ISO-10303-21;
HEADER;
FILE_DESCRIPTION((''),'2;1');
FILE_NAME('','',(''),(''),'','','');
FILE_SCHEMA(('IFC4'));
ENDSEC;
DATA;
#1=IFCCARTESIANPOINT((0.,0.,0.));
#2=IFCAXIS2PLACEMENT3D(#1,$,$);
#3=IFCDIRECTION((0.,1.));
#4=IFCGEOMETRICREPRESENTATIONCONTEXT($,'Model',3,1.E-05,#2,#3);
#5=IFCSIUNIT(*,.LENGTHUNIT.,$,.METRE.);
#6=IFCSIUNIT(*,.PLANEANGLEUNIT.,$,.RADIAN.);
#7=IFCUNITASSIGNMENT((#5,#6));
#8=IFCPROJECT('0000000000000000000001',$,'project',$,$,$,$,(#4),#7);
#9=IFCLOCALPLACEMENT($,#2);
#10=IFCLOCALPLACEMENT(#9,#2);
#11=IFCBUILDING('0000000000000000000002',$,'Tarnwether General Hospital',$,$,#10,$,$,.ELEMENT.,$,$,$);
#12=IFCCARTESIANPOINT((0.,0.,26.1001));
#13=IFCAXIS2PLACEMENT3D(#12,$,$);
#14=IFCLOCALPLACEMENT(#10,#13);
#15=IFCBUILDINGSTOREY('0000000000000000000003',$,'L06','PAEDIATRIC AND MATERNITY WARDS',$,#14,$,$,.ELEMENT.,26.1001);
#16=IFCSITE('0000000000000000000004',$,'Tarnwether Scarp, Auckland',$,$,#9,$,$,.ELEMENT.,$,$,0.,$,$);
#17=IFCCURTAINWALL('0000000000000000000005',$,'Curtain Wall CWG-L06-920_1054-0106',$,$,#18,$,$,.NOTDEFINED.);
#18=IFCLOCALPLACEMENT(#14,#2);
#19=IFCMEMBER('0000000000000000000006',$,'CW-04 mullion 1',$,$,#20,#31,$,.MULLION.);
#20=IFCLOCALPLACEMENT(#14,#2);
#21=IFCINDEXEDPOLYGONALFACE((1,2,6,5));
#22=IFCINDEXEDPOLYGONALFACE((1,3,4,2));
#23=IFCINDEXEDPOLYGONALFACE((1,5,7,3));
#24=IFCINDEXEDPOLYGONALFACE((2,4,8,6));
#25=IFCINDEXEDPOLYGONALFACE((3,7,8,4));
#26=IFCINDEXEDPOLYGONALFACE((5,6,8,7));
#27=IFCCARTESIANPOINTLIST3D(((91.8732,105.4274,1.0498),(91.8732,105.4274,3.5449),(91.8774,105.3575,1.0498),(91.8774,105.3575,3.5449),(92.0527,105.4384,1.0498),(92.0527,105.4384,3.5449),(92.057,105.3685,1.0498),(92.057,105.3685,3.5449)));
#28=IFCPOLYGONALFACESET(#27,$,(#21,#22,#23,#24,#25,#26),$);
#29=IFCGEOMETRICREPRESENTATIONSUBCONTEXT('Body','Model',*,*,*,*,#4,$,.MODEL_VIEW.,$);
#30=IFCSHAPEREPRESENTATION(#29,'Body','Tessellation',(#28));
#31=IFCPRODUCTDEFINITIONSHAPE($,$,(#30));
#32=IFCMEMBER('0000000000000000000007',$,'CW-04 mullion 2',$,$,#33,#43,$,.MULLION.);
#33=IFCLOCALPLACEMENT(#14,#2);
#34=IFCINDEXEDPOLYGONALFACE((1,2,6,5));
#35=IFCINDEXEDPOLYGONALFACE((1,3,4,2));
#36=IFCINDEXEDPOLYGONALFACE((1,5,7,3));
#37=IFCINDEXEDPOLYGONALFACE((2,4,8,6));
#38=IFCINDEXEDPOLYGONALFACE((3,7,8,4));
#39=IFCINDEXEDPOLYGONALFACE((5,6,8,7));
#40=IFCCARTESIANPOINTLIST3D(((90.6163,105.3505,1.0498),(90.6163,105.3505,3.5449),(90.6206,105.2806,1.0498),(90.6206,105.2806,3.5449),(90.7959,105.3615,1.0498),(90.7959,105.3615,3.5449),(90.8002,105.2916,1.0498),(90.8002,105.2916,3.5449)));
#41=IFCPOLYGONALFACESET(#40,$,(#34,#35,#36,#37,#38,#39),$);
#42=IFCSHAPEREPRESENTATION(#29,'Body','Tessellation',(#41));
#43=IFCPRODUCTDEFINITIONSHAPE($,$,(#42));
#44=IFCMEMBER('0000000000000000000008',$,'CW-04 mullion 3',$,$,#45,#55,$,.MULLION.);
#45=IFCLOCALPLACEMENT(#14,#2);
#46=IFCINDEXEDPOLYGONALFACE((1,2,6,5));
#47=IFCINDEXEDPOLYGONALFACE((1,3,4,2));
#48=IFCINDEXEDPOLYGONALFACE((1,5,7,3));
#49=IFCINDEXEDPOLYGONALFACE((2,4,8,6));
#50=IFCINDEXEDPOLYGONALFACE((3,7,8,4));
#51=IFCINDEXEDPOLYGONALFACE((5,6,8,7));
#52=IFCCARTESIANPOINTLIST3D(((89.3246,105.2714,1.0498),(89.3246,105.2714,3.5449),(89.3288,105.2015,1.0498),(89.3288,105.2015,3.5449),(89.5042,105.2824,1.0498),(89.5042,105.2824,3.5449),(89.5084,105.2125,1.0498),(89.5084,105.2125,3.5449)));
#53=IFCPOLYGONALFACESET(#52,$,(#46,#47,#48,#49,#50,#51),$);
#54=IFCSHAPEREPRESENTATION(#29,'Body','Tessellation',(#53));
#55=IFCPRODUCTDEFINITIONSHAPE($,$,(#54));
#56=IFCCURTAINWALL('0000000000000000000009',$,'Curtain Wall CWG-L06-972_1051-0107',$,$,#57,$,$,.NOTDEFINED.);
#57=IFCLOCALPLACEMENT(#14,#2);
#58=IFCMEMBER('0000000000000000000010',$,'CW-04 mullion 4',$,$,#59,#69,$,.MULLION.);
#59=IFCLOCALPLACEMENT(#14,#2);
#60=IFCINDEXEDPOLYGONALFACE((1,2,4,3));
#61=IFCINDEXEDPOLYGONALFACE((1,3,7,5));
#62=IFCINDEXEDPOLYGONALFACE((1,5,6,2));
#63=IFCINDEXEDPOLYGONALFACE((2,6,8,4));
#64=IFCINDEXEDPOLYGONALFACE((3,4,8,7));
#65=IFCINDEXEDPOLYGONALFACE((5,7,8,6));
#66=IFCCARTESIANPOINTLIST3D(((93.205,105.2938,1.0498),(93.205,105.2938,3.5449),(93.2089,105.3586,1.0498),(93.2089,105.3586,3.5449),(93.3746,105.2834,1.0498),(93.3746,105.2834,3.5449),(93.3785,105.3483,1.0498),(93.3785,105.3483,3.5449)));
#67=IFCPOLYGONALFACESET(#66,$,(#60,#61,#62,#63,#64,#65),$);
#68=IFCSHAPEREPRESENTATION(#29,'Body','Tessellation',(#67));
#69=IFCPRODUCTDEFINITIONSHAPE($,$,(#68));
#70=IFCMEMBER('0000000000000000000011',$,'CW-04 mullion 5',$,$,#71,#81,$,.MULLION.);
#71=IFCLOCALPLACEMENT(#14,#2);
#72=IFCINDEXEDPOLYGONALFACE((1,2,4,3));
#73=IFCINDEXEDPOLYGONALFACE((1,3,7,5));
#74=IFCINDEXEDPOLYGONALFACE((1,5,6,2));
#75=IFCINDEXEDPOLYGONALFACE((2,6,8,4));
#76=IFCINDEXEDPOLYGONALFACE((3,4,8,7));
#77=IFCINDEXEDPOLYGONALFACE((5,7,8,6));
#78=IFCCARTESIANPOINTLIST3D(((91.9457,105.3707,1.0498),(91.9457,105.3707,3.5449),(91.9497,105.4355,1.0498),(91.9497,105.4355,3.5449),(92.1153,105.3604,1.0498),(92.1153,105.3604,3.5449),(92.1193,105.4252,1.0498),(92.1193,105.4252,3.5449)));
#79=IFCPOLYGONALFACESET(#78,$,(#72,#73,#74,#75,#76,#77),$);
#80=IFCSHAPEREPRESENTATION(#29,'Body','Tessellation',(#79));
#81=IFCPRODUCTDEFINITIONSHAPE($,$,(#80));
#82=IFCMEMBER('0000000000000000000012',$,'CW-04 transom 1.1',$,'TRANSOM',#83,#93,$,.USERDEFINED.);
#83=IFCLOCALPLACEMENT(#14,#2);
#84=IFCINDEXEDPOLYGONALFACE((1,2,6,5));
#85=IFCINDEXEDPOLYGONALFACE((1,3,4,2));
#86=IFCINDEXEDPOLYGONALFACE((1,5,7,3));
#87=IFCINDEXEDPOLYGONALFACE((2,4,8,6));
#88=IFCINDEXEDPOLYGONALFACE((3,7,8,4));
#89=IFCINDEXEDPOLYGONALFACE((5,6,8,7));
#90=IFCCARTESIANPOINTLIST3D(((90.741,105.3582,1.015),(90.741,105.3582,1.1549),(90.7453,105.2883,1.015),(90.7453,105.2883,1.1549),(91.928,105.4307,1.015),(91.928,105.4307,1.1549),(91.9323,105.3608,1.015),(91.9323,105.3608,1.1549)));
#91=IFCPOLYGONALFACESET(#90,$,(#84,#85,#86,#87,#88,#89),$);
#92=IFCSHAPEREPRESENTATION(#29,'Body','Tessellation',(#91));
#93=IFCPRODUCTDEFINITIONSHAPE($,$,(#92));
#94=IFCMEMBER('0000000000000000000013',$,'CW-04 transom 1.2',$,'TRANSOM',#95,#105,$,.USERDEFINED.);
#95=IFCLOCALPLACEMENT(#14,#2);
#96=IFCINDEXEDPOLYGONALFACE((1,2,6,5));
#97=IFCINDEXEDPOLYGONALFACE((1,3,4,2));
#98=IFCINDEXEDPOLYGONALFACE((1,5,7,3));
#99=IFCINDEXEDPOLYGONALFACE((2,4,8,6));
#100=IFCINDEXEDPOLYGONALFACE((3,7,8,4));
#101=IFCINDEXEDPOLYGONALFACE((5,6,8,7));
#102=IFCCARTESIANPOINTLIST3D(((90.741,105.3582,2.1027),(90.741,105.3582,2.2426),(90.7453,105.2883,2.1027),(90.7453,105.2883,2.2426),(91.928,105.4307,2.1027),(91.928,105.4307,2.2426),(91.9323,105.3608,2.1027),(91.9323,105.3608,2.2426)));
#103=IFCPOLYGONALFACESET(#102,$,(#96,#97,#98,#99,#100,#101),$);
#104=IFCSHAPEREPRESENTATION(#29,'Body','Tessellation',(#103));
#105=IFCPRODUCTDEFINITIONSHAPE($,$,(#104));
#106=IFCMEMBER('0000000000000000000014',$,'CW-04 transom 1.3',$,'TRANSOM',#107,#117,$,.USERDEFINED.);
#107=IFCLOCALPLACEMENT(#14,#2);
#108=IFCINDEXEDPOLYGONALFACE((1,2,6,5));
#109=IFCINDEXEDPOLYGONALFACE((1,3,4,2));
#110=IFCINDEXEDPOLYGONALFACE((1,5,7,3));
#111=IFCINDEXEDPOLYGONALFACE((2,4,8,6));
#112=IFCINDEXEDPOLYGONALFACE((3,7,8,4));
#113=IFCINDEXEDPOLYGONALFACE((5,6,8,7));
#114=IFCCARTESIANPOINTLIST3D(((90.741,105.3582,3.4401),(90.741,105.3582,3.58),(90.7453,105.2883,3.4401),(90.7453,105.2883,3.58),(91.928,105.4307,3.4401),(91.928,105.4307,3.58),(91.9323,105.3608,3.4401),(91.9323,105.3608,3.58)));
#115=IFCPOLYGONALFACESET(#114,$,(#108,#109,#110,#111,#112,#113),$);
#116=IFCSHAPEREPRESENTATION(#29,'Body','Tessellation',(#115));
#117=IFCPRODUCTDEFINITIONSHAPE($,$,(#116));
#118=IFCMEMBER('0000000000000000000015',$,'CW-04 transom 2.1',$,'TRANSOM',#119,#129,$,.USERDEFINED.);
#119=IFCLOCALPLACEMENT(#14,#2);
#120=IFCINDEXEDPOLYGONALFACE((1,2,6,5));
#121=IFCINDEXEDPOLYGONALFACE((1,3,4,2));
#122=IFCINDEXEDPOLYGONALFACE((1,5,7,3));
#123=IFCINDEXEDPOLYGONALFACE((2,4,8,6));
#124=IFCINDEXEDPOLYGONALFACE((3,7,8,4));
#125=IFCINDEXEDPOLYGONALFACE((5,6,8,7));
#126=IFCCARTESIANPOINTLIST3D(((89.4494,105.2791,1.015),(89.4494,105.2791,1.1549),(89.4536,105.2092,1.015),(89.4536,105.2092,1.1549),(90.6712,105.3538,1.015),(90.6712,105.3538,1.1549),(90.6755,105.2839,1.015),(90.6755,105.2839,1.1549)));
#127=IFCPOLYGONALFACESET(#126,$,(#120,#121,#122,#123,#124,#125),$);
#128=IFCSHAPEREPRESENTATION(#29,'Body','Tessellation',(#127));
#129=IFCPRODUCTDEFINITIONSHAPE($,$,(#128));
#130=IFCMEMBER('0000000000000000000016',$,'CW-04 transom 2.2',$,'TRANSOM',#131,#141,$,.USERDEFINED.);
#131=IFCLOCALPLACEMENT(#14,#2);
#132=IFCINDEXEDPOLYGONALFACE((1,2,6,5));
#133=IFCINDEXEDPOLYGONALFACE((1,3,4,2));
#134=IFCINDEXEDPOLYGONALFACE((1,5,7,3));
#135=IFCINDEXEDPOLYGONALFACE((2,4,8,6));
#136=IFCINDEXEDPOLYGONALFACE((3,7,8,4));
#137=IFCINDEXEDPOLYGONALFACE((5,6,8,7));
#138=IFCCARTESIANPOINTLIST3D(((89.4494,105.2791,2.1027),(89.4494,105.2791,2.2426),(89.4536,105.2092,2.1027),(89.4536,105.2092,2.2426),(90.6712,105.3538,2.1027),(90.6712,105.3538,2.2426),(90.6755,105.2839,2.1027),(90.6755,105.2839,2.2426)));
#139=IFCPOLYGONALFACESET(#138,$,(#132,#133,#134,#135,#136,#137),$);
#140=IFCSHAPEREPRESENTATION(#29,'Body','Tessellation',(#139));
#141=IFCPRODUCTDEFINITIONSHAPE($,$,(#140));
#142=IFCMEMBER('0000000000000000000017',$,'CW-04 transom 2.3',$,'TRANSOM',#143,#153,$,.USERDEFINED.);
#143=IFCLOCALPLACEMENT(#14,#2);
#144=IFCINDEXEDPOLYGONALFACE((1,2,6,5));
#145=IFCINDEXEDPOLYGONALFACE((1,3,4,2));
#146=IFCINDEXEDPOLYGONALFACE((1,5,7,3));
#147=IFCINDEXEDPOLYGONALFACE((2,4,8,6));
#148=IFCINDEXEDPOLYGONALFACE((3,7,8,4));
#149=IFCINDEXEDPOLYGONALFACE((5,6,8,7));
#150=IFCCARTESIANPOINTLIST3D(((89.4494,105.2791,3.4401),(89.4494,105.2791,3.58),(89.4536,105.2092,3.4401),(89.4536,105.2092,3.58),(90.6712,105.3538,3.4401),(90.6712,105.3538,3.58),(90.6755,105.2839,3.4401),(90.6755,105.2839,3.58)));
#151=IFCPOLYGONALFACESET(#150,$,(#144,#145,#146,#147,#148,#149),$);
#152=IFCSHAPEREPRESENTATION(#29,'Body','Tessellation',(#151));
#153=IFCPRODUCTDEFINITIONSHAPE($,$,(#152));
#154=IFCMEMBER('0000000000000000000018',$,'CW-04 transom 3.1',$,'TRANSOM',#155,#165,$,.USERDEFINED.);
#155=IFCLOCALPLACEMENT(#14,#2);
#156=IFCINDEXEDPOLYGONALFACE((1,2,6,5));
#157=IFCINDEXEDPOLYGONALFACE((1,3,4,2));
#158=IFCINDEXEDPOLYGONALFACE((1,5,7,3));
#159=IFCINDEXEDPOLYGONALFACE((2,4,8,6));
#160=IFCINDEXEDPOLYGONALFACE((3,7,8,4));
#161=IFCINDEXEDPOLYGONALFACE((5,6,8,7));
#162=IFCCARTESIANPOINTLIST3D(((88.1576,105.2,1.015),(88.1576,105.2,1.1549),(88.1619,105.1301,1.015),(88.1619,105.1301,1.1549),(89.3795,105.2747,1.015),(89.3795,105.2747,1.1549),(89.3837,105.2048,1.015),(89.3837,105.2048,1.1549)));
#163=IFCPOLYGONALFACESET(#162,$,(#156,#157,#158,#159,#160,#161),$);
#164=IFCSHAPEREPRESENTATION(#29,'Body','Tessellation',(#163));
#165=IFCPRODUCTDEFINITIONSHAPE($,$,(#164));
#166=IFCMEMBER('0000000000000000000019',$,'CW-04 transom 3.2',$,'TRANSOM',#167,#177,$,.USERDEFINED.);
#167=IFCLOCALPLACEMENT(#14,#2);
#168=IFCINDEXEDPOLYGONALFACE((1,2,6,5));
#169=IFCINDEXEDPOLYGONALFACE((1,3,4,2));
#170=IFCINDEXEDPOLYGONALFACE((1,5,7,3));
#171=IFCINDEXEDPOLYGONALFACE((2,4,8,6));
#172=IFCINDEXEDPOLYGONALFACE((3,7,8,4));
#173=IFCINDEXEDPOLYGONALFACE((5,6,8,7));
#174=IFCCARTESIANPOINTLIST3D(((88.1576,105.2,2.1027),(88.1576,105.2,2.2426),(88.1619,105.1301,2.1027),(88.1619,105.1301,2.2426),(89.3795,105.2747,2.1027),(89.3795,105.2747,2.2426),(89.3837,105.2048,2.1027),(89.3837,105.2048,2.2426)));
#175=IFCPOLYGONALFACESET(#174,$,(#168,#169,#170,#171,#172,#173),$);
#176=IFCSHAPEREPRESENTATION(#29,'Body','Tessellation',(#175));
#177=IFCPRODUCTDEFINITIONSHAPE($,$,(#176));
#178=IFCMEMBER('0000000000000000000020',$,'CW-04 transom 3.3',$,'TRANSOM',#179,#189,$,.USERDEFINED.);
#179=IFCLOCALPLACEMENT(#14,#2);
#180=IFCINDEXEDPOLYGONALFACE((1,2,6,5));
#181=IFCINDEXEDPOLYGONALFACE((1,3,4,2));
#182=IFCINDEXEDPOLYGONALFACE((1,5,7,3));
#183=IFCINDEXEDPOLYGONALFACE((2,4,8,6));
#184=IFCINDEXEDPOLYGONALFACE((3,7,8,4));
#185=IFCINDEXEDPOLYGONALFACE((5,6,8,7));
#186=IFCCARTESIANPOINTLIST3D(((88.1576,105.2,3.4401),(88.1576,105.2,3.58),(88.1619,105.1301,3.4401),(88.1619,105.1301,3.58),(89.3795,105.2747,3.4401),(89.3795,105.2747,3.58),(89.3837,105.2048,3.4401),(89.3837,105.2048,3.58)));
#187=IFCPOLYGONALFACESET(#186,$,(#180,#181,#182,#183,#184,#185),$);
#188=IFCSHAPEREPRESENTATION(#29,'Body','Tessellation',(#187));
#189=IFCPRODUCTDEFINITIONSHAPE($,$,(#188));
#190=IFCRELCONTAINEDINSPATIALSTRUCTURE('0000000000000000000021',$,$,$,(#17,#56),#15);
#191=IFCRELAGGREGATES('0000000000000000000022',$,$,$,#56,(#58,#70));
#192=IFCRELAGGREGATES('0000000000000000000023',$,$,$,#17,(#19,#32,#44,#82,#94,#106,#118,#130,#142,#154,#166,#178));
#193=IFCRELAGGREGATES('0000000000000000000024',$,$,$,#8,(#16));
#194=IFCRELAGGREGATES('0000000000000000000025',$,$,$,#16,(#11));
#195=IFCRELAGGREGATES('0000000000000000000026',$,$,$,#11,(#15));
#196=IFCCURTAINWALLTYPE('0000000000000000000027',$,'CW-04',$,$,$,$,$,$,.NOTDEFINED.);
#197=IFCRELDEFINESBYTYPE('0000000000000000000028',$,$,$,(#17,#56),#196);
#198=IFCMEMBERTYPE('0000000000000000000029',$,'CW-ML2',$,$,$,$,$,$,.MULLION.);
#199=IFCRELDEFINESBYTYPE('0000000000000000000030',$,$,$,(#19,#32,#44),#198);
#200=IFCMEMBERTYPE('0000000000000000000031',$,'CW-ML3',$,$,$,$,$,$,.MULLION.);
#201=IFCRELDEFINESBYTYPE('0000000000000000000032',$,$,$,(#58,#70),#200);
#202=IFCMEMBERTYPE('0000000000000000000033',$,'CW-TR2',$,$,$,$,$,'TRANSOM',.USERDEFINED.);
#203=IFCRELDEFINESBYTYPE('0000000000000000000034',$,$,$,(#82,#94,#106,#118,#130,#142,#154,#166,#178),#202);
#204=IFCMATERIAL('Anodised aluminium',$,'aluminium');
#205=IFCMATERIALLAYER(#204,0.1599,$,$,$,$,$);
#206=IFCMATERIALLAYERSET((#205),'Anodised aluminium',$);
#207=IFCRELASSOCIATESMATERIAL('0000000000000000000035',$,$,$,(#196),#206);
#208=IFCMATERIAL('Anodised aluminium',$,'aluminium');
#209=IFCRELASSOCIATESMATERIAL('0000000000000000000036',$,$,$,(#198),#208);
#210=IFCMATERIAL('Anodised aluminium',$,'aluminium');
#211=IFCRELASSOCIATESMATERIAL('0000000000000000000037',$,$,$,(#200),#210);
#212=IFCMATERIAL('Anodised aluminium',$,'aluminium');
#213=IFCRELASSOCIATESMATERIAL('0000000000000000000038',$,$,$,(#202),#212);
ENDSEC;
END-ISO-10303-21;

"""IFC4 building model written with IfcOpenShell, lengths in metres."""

from ifc_helpers import new_model, si_unit, direction, frame, origin, origin_2d, place, context, subcontext, project, spatial, rectangle, extrude, material, layer, layer_set, material_profile, profile_set, type_object, element, aggregate, save


model = new_model("IFC4")

# Units and contexts
model_context = context("Model", 3, precision=1e-05, world=origin(), true_north=direction((0.0, 1.0)))
body_context = subcontext(model_context, "Body", "Model", "MODEL_VIEW")
ifc_project = project(units=[si_unit("LENGTHUNIT", "METRE"), si_unit("PLANEANGLEUNIT", "RADIAN")], contexts=[model_context])

# Site, building, storey
site_placement = place(None, origin())
site = spatial("IfcSite", under=ifc_project, at=site_placement, Name="Tarnwether Scarp, Auckland", CompositionType="ELEMENT", RefElevation=0.0)
building_placement = place(site_placement, origin())
building = spatial("IfcBuilding", under=site, at=building_placement, Name="Tarnwether General Hospital", CompositionType="ELEMENT")
storey_placement = place(building_placement, frame((0.0, 0.0, 26.1001)))
storey = spatial("IfcBuildingStorey", under=building, at=storey_placement, Name="L06", Description="PAEDIATRIC AND MATERNITY WARDS", CompositionType="ELEMENT", Elevation=26.1001)

# Curtain walls, members
ifc_material_1 = material(Name="Anodised aluminium", Category="aluminium")
ifc_layer_1 = layer(ifc_material_1, 0.1599)
ifc_layer_set_1 = layer_set([ifc_layer_1], Name="Anodised aluminium")
curtain_wall_type = type_object("IfcCurtainWallType", Name="CW-04", PredefinedType="NOTDEFINED", material=ifc_layer_set_1)
curtain_wall_1_placement = place(storey_placement, origin())
curtain_wall_1 = element("IfcCurtainWall", 1, at=curtain_wall_1_placement, inside=storey, type_object=curtain_wall_type, Name="Curtain Wall CWG-L06-920_1054-0106", PredefinedType="NOTDEFINED")
ifc_material_2 = material(Name="Anodised aluminium", Category="aluminium")
ifc_material_profile_1 = material_profile(ifc_material_2, rectangle(XDim=0.0701, YDim=0.1799, at=origin_2d()), Name="ALU-MUL-70x180")
ifc_profile_set_1 = profile_set([ifc_material_profile_1], Name="Anodised aluminium")
member_type_1 = type_object("IfcMemberType", Name="CW-ML2", PredefinedType="MULLION", material=ifc_profile_set_1)
member_1_placement = place(storey_placement, frame((91.9651, 105.3979, 1.0498), z_axis=(0.0, 0.0, 1.0), x_axis=(0.061043, -0.998135, 0.0)))
member_1 = element("IfcMember", 2, at=member_1_placement, type_object=member_type_1, Name="CW-04 mullion 1", PredefinedType="MULLION", context=body_context, shape_type="SweptSolid", body=[
    extrude(rectangle(XDim=0.0701, YDim=0.1799, at=origin_2d()), origin(), (0.0, 0.0, 1.0), 2.4951),
])
member_2_placement = place(storey_placement, frame((90.7083, 105.321, 1.0498), z_axis=(0.0, 0.0, 1.0), x_axis=(0.061043, -0.998135, 0.0)))
member_2 = element("IfcMember", 3, at=member_2_placement, type_object=member_type_1, Name="CW-04 mullion 2", PredefinedType="MULLION", context=body_context, shape_type="SweptSolid", body=[
    extrude(rectangle(XDim=0.0701, YDim=0.1799, at=origin_2d()), origin(), (0.0, 0.0, 1.0), 2.4951),
])
member_3_placement = place(storey_placement, frame((89.4165, 105.2419, 1.0498), z_axis=(0.0, 0.0, 1.0), x_axis=(0.061043, -0.998135, 0.0)))
member_3 = element("IfcMember", 4, at=member_3_placement, type_object=member_type_1, Name="CW-04 mullion 3", PredefinedType="MULLION", context=body_context, shape_type="SweptSolid", body=[
    extrude(rectangle(XDim=0.0701, YDim=0.1799, at=origin_2d()), origin(), (0.0, 0.0, 1.0), 2.4951),
])
curtain_wall_2_placement = place(storey_placement, origin())
curtain_wall_2 = element("IfcCurtainWall", 5, at=curtain_wall_2_placement, inside=storey, type_object=curtain_wall_type, Name="Curtain Wall CWG-L06-972_1051-0107", PredefinedType="NOTDEFINED")
ifc_material_3 = material(Name="Anodised aluminium", Category="aluminium")
ifc_material_profile_2 = material_profile(ifc_material_3, rectangle(XDim=0.0649, YDim=0.1699, at=origin_2d()), Name="ALU-MUL-65x170")
ifc_profile_set_2 = profile_set([ifc_material_profile_2], Name="Anodised aluminium")
member_type_2 = type_object("IfcMemberType", Name="CW-ML3", PredefinedType="MULLION", material=ifc_profile_set_2)
member_4_placement = place(storey_placement, frame((93.2917, 105.321, 1.0498), z_axis=(0.0, 0.0, 1.0), x_axis=(-0.061043, -0.998135, 0.0)))
member_4 = element("IfcMember", 6, at=member_4_placement, type_object=member_type_2, Name="CW-04 mullion 4", PredefinedType="MULLION", context=body_context, shape_type="SweptSolid", body=[
    extrude(rectangle(XDim=0.0649, YDim=0.1699, at=origin_2d()), origin(), (0.0, 0.0, 1.0), 2.4951),
])
member_5_placement = place(storey_placement, frame((92.0325, 105.3979, 1.0498), z_axis=(0.0, 0.0, 1.0), x_axis=(-0.061043, -0.998135, 0.0)))
member_5 = element("IfcMember", 7, at=member_5_placement, type_object=member_type_2, Name="CW-04 mullion 5", PredefinedType="MULLION", context=body_context, shape_type="SweptSolid", body=[
    extrude(rectangle(XDim=0.0649, YDim=0.1699, at=origin_2d()), origin(), (0.0, 0.0, 1.0), 2.4951),
])

# Members
ifc_material_4 = material(Name="Anodised aluminium", Category="aluminium")
ifc_material_profile_3 = material_profile(ifc_material_4, rectangle(XDim=0.0701, YDim=0.1399, at=origin_2d()), Name="ALU-TRN-70x140")
ifc_profile_set_3 = profile_set([ifc_material_profile_3], Name="Anodised aluminium")
member_type_3 = type_object("IfcMemberType", Name="CW-TR2", ElementType="TRANSOM", PredefinedType="USERDEFINED", material=ifc_profile_set_3)
member_6_placement = place(storey_placement, frame((91.9302, 105.3958, 1.085), z_axis=(-0.998139, -0.060972, 0.0), x_axis=(0.060972, -0.998139, 0.0)))
member_6 = element("IfcMember", 8, at=member_6_placement, type_object=member_type_3, Name="CW-04 transom 1.1", ObjectType="TRANSOM", PredefinedType="USERDEFINED", context=body_context, shape_type="SweptSolid", body=[
    extrude(rectangle(XDim=0.0701, YDim=0.1399, at=origin_2d()), origin(), (0.0, 0.0, 1.0), 1.1892),
])
member_7_placement = place(storey_placement, frame((91.9302, 105.3958, 2.1726), z_axis=(-0.998139, -0.060972, 0.0), x_axis=(0.060972, -0.998139, 0.0)))
member_7 = element("IfcMember", 9, at=member_7_placement, type_object=member_type_3, Name="CW-04 transom 1.2", ObjectType="TRANSOM", PredefinedType="USERDEFINED", context=body_context, shape_type="SweptSolid", body=[
    extrude(rectangle(XDim=0.0701, YDim=0.1399, at=origin_2d()), origin(), (0.0, 0.0, 1.0), 1.1892),
])
member_8_placement = place(storey_placement, frame((91.9302, 105.3958, 3.51), z_axis=(-0.998139, -0.060972, 0.0), x_axis=(0.060972, -0.998139, 0.0)))
member_8 = element("IfcMember", 10, at=member_8_placement, type_object=member_type_3, Name="CW-04 transom 1.3", ObjectType="TRANSOM", PredefinedType="USERDEFINED", context=body_context, shape_type="SweptSolid", body=[
    extrude(rectangle(XDim=0.0701, YDim=0.1399, at=origin_2d()), origin(), (0.0, 0.0, 1.0), 1.1892),
])
member_9_placement = place(storey_placement, frame((90.6733, 105.3188, 1.085), z_axis=(-0.998136, -0.061025, 0.0), x_axis=(0.061025, -0.998136, 0.0)))
member_9 = element("IfcMember", 11, at=member_9_placement, type_object=member_type_3, Name="CW-04 transom 2.1", ObjectType="TRANSOM", PredefinedType="USERDEFINED", context=body_context, shape_type="SweptSolid", body=[
    extrude(rectangle(XDim=0.0701, YDim=0.1399, at=origin_2d()), origin(), (0.0, 0.0, 1.0), 1.2241),
])
member_10_placement = place(storey_placement, frame((90.6733, 105.3188, 2.1726), z_axis=(-0.998136, -0.061025, 0.0), x_axis=(0.061025, -0.998136, 0.0)))
member_10 = element("IfcMember", 12, at=member_10_placement, type_object=member_type_3, Name="CW-04 transom 2.2", ObjectType="TRANSOM", PredefinedType="USERDEFINED", context=body_context, shape_type="SweptSolid", body=[
    extrude(rectangle(XDim=0.0701, YDim=0.1399, at=origin_2d()), origin(), (0.0, 0.0, 1.0), 1.2241),
])
member_11_placement = place(storey_placement, frame((90.6733, 105.3188, 3.51), z_axis=(-0.998136, -0.061025, 0.0), x_axis=(0.061025, -0.998136, 0.0)))
member_11 = element("IfcMember", 13, at=member_11_placement, type_object=member_type_3, Name="CW-04 transom 2.3", ObjectType="TRANSOM", PredefinedType="USERDEFINED", context=body_context, shape_type="SweptSolid", body=[
    extrude(rectangle(XDim=0.0701, YDim=0.1399, at=origin_2d()), origin(), (0.0, 0.0, 1.0), 1.2241),
])
member_12_placement = place(storey_placement, frame((89.3816, 105.2397, 1.085), z_axis=(-0.998136, -0.061025, 0.0), x_axis=(0.061025, -0.998136, 0.0)))
member_12 = element("IfcMember", 14, at=member_12_placement, type_object=member_type_3, Name="CW-04 transom 3.1", ObjectType="TRANSOM", PredefinedType="USERDEFINED", context=body_context, shape_type="SweptSolid", body=[
    extrude(rectangle(XDim=0.0701, YDim=0.1399, at=origin_2d()), origin(), (0.0, 0.0, 1.0), 1.2241),
])
member_13_placement = place(storey_placement, frame((89.3816, 105.2397, 2.1726), z_axis=(-0.998136, -0.061025, 0.0), x_axis=(0.061025, -0.998136, 0.0)))
member_13 = element("IfcMember", 15, at=member_13_placement, type_object=member_type_3, Name="CW-04 transom 3.2", ObjectType="TRANSOM", PredefinedType="USERDEFINED", context=body_context, shape_type="SweptSolid", body=[
    extrude(rectangle(XDim=0.0701, YDim=0.1399, at=origin_2d()), origin(), (0.0, 0.0, 1.0), 1.2241),
])
member_14_placement = place(storey_placement, frame((89.3816, 105.2397, 3.51), z_axis=(-0.998136, -0.061025, 0.0), x_axis=(0.061025, -0.998136, 0.0)))
member_14 = element("IfcMember", 16, at=member_14_placement, type_object=member_type_3, Name="CW-04 transom 3.3", ObjectType="TRANSOM", PredefinedType="USERDEFINED", context=body_context, shape_type="SweptSolid", body=[
    extrude(rectangle(XDim=0.0701, YDim=0.1399, at=origin_2d()), origin(), (0.0, 0.0, 1.0), 1.2241),
])

aggregate(curtain_wall_2, [member_4, member_5])
aggregate(curtain_wall_1, [member_1, member_2, member_3, member_6, member_7, member_8, member_9, member_10, member_11, member_12, member_13, member_14])

save(model, "model.ifc")
